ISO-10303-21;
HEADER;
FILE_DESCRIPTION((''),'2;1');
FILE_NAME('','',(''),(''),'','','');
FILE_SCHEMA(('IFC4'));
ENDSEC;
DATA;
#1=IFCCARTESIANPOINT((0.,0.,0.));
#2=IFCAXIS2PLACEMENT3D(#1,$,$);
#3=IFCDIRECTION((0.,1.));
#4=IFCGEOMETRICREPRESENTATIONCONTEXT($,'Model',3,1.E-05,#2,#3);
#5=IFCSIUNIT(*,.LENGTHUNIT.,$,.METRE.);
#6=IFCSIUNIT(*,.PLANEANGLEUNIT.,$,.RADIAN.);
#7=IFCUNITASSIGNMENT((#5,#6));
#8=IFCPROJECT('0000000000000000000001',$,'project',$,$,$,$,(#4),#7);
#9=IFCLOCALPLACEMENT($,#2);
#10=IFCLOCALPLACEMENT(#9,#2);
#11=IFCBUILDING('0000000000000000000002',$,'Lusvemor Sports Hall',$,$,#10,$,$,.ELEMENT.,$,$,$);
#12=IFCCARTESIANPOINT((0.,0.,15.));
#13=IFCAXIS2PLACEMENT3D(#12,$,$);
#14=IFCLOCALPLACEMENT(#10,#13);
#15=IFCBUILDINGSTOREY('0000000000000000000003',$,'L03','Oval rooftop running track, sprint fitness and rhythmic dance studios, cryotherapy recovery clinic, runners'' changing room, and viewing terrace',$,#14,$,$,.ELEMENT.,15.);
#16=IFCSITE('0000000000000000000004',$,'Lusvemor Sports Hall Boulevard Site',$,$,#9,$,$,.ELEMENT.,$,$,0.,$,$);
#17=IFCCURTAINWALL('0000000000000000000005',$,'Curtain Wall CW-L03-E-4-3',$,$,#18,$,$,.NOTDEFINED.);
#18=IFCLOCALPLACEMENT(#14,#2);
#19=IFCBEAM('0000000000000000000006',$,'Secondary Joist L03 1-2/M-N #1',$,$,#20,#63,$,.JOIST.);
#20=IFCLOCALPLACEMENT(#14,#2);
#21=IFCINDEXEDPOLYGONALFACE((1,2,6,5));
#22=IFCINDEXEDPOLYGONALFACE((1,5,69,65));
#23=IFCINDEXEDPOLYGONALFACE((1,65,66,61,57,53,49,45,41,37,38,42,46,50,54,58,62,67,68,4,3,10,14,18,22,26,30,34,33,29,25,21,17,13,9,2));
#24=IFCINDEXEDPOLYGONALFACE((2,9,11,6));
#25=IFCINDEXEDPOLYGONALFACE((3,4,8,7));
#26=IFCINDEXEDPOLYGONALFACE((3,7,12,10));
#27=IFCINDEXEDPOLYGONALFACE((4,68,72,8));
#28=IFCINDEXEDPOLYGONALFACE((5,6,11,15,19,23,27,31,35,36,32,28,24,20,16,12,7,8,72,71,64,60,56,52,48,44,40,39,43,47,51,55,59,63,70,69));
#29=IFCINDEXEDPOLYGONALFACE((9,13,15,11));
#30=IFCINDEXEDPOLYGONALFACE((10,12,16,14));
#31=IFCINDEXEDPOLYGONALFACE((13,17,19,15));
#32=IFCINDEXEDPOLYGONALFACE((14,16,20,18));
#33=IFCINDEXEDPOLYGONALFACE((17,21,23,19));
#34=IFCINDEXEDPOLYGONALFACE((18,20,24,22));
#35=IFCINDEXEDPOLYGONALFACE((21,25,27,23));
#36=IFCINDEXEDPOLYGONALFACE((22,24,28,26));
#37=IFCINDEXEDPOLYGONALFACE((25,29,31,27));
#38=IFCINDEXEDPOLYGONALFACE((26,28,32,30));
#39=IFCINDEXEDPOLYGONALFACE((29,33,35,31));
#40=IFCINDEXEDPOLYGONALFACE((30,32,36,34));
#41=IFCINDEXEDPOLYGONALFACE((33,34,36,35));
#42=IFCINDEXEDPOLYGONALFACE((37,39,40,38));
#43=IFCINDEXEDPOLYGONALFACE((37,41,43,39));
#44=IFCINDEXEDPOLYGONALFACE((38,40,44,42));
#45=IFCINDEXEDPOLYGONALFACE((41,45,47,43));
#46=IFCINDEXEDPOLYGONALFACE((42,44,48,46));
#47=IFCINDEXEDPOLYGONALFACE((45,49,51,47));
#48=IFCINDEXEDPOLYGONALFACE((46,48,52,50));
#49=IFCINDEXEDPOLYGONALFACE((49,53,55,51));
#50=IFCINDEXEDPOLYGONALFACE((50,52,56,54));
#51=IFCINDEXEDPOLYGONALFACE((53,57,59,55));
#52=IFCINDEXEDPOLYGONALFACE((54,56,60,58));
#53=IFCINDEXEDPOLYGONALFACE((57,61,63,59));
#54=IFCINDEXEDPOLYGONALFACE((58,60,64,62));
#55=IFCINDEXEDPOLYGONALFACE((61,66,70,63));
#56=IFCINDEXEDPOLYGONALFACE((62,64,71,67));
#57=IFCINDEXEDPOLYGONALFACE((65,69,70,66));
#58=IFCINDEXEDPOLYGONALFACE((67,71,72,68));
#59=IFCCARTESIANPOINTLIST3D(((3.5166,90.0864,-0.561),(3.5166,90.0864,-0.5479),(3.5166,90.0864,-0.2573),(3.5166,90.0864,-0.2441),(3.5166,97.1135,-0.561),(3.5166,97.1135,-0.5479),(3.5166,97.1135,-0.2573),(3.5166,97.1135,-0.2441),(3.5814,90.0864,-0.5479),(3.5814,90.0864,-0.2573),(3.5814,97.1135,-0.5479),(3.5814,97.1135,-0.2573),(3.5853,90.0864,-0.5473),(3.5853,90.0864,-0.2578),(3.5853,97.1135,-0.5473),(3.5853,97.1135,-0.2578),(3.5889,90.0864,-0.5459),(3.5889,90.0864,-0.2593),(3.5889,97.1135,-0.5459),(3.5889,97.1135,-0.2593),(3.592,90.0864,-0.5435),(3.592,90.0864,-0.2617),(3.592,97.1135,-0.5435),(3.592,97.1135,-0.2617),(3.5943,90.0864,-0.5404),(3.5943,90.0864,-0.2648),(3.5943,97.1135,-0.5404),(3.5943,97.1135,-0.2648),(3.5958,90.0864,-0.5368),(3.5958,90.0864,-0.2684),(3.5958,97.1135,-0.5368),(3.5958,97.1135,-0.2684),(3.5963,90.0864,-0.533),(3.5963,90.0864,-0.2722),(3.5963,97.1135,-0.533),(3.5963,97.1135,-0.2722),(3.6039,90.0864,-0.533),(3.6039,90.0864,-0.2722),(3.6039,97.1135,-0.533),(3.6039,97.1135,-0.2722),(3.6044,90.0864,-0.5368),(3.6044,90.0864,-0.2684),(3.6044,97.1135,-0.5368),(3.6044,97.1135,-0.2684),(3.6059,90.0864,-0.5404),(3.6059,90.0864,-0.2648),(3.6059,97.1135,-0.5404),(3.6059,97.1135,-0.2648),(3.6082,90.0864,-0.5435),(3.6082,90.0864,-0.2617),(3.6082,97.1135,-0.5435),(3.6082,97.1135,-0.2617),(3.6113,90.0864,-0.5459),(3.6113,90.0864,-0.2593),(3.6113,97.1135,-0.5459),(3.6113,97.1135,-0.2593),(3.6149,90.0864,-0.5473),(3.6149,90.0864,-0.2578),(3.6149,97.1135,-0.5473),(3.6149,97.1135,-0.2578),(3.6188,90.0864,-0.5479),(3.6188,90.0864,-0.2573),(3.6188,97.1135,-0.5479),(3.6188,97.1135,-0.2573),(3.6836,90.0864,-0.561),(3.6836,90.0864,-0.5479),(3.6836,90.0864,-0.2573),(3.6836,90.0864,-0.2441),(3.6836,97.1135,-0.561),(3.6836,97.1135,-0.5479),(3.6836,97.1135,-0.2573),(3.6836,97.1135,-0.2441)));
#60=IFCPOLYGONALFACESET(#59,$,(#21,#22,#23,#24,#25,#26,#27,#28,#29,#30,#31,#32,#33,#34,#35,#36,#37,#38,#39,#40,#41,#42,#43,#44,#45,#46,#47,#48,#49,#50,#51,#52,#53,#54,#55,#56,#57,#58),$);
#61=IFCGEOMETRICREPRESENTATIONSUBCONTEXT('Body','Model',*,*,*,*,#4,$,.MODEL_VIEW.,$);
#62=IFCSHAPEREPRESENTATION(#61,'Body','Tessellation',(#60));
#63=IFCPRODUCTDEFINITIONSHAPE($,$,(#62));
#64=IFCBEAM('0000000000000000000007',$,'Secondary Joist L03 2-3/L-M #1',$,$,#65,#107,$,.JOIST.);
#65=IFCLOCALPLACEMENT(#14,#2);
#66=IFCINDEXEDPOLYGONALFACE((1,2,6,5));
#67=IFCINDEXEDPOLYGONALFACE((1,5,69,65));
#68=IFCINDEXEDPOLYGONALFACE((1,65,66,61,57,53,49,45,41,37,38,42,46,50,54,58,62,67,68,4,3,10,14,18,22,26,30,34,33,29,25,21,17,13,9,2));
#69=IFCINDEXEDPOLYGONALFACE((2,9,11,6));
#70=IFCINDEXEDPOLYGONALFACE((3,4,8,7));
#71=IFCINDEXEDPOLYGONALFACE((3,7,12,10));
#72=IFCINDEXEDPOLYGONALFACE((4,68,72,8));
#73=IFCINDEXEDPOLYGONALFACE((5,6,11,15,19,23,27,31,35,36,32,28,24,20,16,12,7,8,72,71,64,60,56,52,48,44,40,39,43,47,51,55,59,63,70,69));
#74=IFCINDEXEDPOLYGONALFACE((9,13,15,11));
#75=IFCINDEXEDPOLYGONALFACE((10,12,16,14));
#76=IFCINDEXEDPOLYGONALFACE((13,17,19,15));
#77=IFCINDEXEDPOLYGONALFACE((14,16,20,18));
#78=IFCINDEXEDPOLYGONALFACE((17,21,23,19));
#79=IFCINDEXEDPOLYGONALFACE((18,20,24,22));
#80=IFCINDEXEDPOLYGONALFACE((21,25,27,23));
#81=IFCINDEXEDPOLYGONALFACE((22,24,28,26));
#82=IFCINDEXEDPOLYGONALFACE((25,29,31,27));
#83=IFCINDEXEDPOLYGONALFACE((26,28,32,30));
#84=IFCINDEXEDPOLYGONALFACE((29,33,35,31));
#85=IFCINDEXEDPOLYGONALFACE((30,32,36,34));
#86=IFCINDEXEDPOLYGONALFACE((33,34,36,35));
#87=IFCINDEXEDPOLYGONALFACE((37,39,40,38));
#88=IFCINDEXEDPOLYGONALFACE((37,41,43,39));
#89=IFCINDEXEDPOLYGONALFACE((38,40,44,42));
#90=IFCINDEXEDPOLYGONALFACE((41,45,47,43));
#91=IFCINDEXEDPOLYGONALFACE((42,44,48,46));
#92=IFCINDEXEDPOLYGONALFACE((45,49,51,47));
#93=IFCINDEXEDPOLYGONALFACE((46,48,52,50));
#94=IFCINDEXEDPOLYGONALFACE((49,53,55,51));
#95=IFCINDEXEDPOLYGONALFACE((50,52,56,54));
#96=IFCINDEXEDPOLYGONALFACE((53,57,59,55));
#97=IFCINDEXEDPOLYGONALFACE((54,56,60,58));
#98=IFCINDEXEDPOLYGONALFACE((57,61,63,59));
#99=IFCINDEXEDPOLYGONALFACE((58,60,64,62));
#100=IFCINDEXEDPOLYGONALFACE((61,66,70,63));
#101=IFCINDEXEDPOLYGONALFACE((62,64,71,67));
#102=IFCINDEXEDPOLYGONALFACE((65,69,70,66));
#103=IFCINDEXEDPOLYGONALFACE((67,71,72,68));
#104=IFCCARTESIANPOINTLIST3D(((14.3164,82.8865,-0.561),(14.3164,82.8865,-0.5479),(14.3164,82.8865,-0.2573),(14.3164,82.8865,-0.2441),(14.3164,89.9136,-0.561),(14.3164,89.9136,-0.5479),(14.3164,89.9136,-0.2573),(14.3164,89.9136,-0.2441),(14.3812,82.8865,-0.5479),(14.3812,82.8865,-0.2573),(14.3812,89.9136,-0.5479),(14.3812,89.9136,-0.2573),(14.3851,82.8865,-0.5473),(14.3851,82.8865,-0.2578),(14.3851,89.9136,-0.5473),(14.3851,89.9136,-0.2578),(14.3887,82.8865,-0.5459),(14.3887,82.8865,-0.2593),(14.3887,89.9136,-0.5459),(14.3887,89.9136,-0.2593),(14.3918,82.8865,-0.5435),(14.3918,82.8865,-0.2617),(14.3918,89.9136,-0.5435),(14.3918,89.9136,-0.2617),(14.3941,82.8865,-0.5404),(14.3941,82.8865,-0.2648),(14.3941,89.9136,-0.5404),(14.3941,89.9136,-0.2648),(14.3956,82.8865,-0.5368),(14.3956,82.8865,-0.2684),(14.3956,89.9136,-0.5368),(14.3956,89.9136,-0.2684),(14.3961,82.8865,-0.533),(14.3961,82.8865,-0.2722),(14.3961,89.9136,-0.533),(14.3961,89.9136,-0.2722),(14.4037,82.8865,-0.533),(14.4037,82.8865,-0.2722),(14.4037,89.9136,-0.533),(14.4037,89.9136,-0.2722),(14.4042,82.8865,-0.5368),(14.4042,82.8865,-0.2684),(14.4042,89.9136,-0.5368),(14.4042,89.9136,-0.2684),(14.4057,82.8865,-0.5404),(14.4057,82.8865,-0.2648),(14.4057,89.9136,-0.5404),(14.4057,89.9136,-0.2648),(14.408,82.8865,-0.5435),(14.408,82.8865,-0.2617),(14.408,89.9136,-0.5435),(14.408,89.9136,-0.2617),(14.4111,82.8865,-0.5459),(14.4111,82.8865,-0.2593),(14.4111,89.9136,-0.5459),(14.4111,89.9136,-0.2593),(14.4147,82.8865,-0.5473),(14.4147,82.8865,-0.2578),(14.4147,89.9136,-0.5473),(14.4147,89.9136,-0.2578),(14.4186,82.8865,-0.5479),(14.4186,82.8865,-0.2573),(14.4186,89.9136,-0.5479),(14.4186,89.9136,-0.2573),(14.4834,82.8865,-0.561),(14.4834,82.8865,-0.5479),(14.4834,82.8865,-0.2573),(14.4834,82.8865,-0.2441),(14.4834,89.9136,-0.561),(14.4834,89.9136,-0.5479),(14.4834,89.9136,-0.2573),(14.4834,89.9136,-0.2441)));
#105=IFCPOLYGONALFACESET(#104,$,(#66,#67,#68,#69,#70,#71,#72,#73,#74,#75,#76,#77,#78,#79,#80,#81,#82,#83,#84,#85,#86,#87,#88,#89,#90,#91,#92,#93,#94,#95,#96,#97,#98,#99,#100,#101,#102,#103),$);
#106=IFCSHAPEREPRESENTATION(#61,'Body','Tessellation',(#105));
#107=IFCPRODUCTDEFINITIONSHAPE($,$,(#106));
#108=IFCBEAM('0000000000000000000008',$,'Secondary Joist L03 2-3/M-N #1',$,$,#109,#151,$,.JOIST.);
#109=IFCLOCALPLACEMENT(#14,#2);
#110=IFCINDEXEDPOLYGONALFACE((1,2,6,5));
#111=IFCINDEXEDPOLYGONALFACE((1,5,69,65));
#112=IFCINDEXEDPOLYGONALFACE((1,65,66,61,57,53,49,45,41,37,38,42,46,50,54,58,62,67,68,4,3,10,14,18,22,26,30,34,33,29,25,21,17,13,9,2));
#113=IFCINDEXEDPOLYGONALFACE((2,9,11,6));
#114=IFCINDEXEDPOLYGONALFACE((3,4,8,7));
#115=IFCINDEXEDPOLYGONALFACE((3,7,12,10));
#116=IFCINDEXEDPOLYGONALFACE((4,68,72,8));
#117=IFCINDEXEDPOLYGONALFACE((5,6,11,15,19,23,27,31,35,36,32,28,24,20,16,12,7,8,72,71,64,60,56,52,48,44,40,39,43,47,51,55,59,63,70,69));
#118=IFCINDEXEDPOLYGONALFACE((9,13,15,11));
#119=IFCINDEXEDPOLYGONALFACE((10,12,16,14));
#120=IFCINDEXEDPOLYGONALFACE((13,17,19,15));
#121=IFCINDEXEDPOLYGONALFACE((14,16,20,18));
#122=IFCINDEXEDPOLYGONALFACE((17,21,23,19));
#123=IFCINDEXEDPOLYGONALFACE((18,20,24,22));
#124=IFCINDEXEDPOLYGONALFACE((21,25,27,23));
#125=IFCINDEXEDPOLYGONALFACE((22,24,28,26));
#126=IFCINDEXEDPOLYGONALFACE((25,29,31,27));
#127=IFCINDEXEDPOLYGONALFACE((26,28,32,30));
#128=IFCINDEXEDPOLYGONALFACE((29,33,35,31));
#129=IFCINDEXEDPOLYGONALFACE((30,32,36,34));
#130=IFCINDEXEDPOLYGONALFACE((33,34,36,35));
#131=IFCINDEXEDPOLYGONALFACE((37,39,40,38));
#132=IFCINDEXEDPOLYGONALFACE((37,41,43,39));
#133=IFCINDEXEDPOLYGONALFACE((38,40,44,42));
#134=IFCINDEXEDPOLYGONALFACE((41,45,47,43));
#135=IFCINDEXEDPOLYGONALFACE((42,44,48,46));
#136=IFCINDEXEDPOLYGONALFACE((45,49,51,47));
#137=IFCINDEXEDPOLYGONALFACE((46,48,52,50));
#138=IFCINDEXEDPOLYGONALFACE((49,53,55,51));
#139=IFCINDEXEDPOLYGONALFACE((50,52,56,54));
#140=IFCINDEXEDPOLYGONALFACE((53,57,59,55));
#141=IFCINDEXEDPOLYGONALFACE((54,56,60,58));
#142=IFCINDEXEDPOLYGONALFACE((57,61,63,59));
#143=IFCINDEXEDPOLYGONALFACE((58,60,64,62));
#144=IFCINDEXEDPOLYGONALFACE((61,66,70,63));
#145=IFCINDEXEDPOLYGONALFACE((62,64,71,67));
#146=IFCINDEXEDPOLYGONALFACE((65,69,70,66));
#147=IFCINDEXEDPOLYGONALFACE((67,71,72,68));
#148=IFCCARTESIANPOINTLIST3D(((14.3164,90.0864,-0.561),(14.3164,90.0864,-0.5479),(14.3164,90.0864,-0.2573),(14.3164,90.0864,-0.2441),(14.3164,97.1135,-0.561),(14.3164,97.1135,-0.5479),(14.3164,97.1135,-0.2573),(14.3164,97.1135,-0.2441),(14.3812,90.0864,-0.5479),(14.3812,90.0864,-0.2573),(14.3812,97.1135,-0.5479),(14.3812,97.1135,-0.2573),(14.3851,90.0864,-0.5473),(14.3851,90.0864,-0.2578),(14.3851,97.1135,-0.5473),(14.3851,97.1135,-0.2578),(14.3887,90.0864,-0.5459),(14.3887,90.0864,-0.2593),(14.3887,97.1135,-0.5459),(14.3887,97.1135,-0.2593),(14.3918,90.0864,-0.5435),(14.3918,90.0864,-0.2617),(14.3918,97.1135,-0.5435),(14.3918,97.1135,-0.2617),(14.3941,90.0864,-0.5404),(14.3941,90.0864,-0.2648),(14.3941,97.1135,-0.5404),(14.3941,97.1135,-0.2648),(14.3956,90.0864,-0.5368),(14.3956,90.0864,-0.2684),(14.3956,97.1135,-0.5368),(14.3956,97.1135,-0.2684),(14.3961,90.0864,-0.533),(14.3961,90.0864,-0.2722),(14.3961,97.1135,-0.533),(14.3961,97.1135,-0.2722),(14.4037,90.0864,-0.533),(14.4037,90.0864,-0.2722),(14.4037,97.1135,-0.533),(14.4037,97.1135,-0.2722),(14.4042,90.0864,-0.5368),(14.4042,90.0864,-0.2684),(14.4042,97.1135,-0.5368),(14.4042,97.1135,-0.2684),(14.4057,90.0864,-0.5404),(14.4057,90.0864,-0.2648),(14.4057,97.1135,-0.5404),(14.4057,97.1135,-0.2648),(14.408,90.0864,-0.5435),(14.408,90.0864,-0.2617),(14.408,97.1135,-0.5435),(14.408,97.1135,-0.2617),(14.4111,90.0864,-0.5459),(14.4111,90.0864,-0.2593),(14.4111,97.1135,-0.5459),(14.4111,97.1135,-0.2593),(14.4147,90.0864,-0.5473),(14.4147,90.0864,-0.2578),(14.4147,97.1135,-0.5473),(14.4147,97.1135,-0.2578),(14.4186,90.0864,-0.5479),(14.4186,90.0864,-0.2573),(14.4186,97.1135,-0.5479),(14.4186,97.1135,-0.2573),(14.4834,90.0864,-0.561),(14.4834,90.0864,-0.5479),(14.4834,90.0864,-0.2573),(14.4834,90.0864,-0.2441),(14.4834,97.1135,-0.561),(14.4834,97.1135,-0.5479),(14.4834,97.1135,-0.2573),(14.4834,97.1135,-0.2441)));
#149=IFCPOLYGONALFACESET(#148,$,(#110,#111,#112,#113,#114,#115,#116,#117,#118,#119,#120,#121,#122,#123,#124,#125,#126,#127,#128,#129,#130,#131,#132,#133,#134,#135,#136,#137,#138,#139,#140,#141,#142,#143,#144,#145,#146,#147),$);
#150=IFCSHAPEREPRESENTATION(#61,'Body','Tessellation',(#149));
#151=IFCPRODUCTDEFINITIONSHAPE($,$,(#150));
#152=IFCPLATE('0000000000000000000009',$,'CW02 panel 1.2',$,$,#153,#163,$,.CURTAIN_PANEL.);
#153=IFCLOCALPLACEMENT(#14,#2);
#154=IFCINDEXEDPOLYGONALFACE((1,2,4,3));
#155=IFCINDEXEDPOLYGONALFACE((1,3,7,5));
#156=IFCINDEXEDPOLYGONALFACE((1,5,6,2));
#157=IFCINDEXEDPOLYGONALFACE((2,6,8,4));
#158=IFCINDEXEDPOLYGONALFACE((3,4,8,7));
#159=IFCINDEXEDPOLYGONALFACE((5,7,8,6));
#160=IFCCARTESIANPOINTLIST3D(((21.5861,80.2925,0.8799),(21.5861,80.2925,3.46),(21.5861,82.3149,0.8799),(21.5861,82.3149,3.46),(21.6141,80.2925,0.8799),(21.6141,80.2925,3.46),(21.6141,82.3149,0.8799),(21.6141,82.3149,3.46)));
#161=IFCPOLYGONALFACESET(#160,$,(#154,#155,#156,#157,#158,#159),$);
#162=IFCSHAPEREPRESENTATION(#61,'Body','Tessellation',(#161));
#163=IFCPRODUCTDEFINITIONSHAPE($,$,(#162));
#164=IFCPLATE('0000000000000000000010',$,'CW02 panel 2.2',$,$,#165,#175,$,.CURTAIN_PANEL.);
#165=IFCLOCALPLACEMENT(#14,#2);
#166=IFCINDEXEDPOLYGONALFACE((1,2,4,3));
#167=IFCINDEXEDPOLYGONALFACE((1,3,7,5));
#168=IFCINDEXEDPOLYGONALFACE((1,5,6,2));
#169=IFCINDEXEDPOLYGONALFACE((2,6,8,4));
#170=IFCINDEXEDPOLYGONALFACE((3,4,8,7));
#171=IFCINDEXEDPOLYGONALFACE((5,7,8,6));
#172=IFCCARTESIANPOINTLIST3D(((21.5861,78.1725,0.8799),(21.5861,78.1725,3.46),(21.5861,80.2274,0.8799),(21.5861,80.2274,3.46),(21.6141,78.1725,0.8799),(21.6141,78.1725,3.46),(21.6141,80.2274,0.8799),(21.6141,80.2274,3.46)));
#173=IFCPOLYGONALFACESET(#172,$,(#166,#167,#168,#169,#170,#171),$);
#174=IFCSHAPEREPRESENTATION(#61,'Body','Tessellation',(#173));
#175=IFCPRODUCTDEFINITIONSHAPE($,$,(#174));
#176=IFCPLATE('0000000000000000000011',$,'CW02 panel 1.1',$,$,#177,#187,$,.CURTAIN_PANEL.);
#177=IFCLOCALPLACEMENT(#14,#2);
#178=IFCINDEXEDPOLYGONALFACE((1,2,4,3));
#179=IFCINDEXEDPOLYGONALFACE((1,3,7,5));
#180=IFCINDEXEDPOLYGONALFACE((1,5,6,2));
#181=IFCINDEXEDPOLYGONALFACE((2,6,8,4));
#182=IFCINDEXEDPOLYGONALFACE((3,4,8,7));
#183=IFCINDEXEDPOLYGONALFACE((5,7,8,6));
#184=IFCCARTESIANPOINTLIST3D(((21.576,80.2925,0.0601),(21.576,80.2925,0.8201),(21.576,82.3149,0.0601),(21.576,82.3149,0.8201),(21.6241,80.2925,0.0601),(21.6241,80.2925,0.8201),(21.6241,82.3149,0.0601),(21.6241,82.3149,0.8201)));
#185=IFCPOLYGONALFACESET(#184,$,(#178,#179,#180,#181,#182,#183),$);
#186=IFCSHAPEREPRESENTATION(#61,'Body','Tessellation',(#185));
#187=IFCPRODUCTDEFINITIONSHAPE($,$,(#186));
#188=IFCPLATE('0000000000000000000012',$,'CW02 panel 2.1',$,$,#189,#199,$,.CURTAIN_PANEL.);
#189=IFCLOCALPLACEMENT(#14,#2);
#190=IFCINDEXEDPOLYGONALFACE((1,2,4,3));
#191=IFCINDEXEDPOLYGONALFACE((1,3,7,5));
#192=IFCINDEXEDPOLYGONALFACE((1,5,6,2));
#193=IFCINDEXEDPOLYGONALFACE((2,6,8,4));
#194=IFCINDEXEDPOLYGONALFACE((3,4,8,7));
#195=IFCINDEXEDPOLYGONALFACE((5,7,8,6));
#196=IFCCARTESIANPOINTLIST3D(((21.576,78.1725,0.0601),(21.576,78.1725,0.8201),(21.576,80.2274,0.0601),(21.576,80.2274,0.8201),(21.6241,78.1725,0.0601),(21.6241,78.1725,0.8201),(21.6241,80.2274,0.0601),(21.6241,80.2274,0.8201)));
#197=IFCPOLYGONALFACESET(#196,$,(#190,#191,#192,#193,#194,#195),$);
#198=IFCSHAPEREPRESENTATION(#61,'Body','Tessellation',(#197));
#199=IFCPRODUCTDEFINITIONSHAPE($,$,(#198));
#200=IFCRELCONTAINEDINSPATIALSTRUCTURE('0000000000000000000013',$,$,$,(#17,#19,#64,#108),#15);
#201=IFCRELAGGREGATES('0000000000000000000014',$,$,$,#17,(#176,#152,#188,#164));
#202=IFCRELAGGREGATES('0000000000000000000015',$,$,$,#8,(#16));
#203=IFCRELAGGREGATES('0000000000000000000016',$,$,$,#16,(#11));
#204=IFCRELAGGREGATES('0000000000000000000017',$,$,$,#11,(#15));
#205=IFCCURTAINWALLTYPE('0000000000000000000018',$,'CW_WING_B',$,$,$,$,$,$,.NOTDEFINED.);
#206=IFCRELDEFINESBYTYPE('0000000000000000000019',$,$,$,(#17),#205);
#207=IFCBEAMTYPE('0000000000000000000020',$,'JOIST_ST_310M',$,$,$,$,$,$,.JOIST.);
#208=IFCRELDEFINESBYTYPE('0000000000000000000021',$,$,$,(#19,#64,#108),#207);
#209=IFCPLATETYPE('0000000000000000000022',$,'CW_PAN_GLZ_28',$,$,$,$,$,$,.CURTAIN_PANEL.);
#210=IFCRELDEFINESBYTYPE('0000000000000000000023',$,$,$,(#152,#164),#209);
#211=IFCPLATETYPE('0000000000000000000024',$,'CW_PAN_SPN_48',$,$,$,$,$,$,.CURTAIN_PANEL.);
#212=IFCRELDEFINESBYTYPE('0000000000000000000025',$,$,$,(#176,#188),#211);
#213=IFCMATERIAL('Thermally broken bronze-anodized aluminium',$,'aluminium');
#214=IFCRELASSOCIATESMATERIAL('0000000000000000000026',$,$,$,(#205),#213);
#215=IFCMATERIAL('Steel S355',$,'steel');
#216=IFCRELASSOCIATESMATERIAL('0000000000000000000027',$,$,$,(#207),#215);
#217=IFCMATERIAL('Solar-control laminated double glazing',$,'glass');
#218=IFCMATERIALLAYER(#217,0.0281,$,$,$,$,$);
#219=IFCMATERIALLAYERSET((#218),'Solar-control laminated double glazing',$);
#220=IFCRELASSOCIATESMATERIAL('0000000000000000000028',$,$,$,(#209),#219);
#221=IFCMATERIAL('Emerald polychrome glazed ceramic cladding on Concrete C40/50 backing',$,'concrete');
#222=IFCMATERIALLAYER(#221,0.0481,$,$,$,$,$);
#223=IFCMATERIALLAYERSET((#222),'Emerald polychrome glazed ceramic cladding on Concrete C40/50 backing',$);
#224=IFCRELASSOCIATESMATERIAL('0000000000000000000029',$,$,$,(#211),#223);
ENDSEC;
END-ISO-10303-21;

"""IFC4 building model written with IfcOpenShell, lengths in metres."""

from ifc_helpers import new_model, si_unit, direction, frame, origin, origin_2d, place, context, subcontext, project, spatial, rectangle, i_section, extrude, material, layer, layer_set, material_profile, profile_set, type_object, element, aggregate, save


model = new_model("IFC4")

# Units and contexts
model_context = context("Model", 3, precision=1e-05, world=origin(), true_north=direction((0.0, 1.0)))
body_context = subcontext(model_context, "Body", "Model", "MODEL_VIEW")
ifc_project = project(units=[si_unit("LENGTHUNIT", "METRE"), si_unit("PLANEANGLEUNIT", "RADIAN")], contexts=[model_context])

# Site, building, storey
site_placement = place(None, origin())
site = spatial("IfcSite", under=ifc_project, at=site_placement, Name="Lusvemor Sports Hall Boulevard Site", CompositionType="ELEMENT", RefElevation=0.0)
building_placement = place(site_placement, origin())
building = spatial("IfcBuilding", under=site, at=building_placement, Name="Lusvemor Sports Hall", CompositionType="ELEMENT")
storey_placement = place(building_placement, frame((0.0, 0.0, 15.0)))
storey = spatial("IfcBuildingStorey", under=building, at=storey_placement, Name="L03", Description="Oval rooftop running track, sprint fitness and rhythmic dance studios, cryotherapy recovery clinic, runners' changing room, and viewing terrace", CompositionType="ELEMENT", Elevation=15.0)

# Curtain wall
ifc_material_1 = material(Name="Thermally broken bronze-anodized aluminium", Category="aluminium")
curtain_wall_type = type_object("IfcCurtainWallType", Name="CW_WING_B", PredefinedType="NOTDEFINED", material=ifc_material_1)
curtain_wall_placement = place(storey_placement, origin())
curtain_wall = element("IfcCurtainWall", 1, at=curtain_wall_placement, inside=storey, type_object=curtain_wall_type, Name="Curtain Wall CW-L03-E-4-3", PredefinedType="NOTDEFINED")

# Beams
ifc_material_2 = material(Name="Steel S355", Category="steel")
ifc_material_profile_1 = material_profile(ifc_material_2, i_section(OverallWidth=0.167, OverallDepth=0.3169, WebThickness=0.0076, FlangeThickness=0.0132, FilletRadius=0.0149, at=origin_2d()), Name="W310x52.0")
ifc_profile_set_1 = profile_set([ifc_material_profile_1], Name="Steel S355")
beam_type_1 = type_object("IfcBeamType", Name="JOIST_ST_310M", PredefinedType="JOIST", material=ifc_profile_set_1)
for number, where, z_axis, x_axis, name in (
    (2, (3.6001, 90.0864, -0.4026), (0.0, 1.0, 0.0), (-1.0, 0.0, 0.0), "Secondary Joist L03 1-2/M-N #1"),
    (3, (14.3999, 82.8865, -0.4026), (0.0, 1.0, 0.0), (-1.0, 0.0, 0.0), "Secondary Joist L03 2-3/L-M #1"),
    (4, (14.3999, 90.0864, -0.4026), (0.0, 1.0, 0.0), (-1.0, 0.0, 0.0), "Secondary Joist L03 2-3/M-N #1"),
):
    element("IfcBeam", number, at=place(storey_placement, frame(where, z_axis=z_axis, x_axis=x_axis)), inside=storey, type_object=beam_type_1, Name=name, PredefinedType="JOIST", context=body_context, shape_type="SweptSolid", body=[
        extrude(i_section(OverallWidth=0.167, OverallDepth=0.3169, WebThickness=0.0076, FlangeThickness=0.0132, FilletRadius=0.0149, at=origin_2d()), origin(), (0.0, 0.0, 1.0), 7.0271),
    ])

# Plates
ifc_material_3 = material(Name="Solar-control laminated double glazing", Category="glass")
ifc_layer_1 = layer(ifc_material_3, 0.0281)
ifc_layer_set_1 = layer_set([ifc_layer_1], Name="Solar-control laminated double glazing")
plate_type_1 = type_object("IfcPlateType", Name="CW_PAN_GLZ_28", PredefinedType="CURTAIN_PANEL", material=ifc_layer_set_1)
plate_1_placement = place(storey_placement, frame((21.6001, 81.3037, 0.8799), z_axis=(0.0, 0.0, 1.0), x_axis=(0.0, -1.0, 0.0)))
plate_1 = element("IfcPlate", 5, at=plate_1_placement, type_object=plate_type_1, Name="CW02 panel 1.2", PredefinedType="CURTAIN_PANEL", context=body_context, shape_type="SweptSolid", body=[
    extrude(rectangle(XDim=2.0225, YDim=0.0281, at=origin_2d()), origin(), (0.0, 0.0, 1.0), 2.5801),
])
plate_2_placement = place(storey_placement, frame((21.6001, 79.2, 0.8799), z_axis=(0.0, 0.0, 1.0), x_axis=(0.0, -1.0, 0.0)))
plate_2 = element("IfcPlate", 6, at=plate_2_placement, type_object=plate_type_1, Name="CW02 panel 2.2", PredefinedType="CURTAIN_PANEL", context=body_context, shape_type="SweptSolid", body=[
    extrude(rectangle(XDim=2.0549, YDim=0.0281, at=origin_2d()), origin(), (0.0, 0.0, 1.0), 2.5801),
])
ifc_material_4 = material(Name="Emerald polychrome glazed ceramic cladding on Concrete C40/50 backing", Category="concrete")
ifc_layer_2 = layer(ifc_material_4, 0.0481)
ifc_layer_set_2 = layer_set([ifc_layer_2], Name="Emerald polychrome glazed ceramic cladding on Concrete C40/50 backing")
plate_type_2 = type_object("IfcPlateType", Name="CW_PAN_SPN_48", PredefinedType="CURTAIN_PANEL", material=ifc_layer_set_2)
plate_3_placement = place(storey_placement, frame((21.6001, 81.3037, 0.0601), z_axis=(0.0, 0.0, 1.0), x_axis=(0.0, -1.0, 0.0)))
plate_3 = element("IfcPlate", 7, at=plate_3_placement, type_object=plate_type_2, Name="CW02 panel 1.1", PredefinedType="CURTAIN_PANEL", context=body_context, shape_type="SweptSolid", body=[
    extrude(rectangle(XDim=2.0225, YDim=0.0481, at=origin_2d()), origin(), (0.0, 0.0, 1.0), 0.76),
])
plate_4_placement = place(storey_placement, frame((21.6001, 79.2, 0.0601), z_axis=(0.0, 0.0, 1.0), x_axis=(0.0, -1.0, 0.0)))
plate_4 = element("IfcPlate", 8, at=plate_4_placement, type_object=plate_type_2, Name="CW02 panel 2.1", PredefinedType="CURTAIN_PANEL", context=body_context, shape_type="SweptSolid", body=[
    extrude(rectangle(XDim=2.0549, YDim=0.0481, at=origin_2d()), origin(), (0.0, 0.0, 1.0), 0.76),
])
aggregate(curtain_wall, [plate_3, plate_1, plate_4, plate_2])

save(model, "model.ifc")
